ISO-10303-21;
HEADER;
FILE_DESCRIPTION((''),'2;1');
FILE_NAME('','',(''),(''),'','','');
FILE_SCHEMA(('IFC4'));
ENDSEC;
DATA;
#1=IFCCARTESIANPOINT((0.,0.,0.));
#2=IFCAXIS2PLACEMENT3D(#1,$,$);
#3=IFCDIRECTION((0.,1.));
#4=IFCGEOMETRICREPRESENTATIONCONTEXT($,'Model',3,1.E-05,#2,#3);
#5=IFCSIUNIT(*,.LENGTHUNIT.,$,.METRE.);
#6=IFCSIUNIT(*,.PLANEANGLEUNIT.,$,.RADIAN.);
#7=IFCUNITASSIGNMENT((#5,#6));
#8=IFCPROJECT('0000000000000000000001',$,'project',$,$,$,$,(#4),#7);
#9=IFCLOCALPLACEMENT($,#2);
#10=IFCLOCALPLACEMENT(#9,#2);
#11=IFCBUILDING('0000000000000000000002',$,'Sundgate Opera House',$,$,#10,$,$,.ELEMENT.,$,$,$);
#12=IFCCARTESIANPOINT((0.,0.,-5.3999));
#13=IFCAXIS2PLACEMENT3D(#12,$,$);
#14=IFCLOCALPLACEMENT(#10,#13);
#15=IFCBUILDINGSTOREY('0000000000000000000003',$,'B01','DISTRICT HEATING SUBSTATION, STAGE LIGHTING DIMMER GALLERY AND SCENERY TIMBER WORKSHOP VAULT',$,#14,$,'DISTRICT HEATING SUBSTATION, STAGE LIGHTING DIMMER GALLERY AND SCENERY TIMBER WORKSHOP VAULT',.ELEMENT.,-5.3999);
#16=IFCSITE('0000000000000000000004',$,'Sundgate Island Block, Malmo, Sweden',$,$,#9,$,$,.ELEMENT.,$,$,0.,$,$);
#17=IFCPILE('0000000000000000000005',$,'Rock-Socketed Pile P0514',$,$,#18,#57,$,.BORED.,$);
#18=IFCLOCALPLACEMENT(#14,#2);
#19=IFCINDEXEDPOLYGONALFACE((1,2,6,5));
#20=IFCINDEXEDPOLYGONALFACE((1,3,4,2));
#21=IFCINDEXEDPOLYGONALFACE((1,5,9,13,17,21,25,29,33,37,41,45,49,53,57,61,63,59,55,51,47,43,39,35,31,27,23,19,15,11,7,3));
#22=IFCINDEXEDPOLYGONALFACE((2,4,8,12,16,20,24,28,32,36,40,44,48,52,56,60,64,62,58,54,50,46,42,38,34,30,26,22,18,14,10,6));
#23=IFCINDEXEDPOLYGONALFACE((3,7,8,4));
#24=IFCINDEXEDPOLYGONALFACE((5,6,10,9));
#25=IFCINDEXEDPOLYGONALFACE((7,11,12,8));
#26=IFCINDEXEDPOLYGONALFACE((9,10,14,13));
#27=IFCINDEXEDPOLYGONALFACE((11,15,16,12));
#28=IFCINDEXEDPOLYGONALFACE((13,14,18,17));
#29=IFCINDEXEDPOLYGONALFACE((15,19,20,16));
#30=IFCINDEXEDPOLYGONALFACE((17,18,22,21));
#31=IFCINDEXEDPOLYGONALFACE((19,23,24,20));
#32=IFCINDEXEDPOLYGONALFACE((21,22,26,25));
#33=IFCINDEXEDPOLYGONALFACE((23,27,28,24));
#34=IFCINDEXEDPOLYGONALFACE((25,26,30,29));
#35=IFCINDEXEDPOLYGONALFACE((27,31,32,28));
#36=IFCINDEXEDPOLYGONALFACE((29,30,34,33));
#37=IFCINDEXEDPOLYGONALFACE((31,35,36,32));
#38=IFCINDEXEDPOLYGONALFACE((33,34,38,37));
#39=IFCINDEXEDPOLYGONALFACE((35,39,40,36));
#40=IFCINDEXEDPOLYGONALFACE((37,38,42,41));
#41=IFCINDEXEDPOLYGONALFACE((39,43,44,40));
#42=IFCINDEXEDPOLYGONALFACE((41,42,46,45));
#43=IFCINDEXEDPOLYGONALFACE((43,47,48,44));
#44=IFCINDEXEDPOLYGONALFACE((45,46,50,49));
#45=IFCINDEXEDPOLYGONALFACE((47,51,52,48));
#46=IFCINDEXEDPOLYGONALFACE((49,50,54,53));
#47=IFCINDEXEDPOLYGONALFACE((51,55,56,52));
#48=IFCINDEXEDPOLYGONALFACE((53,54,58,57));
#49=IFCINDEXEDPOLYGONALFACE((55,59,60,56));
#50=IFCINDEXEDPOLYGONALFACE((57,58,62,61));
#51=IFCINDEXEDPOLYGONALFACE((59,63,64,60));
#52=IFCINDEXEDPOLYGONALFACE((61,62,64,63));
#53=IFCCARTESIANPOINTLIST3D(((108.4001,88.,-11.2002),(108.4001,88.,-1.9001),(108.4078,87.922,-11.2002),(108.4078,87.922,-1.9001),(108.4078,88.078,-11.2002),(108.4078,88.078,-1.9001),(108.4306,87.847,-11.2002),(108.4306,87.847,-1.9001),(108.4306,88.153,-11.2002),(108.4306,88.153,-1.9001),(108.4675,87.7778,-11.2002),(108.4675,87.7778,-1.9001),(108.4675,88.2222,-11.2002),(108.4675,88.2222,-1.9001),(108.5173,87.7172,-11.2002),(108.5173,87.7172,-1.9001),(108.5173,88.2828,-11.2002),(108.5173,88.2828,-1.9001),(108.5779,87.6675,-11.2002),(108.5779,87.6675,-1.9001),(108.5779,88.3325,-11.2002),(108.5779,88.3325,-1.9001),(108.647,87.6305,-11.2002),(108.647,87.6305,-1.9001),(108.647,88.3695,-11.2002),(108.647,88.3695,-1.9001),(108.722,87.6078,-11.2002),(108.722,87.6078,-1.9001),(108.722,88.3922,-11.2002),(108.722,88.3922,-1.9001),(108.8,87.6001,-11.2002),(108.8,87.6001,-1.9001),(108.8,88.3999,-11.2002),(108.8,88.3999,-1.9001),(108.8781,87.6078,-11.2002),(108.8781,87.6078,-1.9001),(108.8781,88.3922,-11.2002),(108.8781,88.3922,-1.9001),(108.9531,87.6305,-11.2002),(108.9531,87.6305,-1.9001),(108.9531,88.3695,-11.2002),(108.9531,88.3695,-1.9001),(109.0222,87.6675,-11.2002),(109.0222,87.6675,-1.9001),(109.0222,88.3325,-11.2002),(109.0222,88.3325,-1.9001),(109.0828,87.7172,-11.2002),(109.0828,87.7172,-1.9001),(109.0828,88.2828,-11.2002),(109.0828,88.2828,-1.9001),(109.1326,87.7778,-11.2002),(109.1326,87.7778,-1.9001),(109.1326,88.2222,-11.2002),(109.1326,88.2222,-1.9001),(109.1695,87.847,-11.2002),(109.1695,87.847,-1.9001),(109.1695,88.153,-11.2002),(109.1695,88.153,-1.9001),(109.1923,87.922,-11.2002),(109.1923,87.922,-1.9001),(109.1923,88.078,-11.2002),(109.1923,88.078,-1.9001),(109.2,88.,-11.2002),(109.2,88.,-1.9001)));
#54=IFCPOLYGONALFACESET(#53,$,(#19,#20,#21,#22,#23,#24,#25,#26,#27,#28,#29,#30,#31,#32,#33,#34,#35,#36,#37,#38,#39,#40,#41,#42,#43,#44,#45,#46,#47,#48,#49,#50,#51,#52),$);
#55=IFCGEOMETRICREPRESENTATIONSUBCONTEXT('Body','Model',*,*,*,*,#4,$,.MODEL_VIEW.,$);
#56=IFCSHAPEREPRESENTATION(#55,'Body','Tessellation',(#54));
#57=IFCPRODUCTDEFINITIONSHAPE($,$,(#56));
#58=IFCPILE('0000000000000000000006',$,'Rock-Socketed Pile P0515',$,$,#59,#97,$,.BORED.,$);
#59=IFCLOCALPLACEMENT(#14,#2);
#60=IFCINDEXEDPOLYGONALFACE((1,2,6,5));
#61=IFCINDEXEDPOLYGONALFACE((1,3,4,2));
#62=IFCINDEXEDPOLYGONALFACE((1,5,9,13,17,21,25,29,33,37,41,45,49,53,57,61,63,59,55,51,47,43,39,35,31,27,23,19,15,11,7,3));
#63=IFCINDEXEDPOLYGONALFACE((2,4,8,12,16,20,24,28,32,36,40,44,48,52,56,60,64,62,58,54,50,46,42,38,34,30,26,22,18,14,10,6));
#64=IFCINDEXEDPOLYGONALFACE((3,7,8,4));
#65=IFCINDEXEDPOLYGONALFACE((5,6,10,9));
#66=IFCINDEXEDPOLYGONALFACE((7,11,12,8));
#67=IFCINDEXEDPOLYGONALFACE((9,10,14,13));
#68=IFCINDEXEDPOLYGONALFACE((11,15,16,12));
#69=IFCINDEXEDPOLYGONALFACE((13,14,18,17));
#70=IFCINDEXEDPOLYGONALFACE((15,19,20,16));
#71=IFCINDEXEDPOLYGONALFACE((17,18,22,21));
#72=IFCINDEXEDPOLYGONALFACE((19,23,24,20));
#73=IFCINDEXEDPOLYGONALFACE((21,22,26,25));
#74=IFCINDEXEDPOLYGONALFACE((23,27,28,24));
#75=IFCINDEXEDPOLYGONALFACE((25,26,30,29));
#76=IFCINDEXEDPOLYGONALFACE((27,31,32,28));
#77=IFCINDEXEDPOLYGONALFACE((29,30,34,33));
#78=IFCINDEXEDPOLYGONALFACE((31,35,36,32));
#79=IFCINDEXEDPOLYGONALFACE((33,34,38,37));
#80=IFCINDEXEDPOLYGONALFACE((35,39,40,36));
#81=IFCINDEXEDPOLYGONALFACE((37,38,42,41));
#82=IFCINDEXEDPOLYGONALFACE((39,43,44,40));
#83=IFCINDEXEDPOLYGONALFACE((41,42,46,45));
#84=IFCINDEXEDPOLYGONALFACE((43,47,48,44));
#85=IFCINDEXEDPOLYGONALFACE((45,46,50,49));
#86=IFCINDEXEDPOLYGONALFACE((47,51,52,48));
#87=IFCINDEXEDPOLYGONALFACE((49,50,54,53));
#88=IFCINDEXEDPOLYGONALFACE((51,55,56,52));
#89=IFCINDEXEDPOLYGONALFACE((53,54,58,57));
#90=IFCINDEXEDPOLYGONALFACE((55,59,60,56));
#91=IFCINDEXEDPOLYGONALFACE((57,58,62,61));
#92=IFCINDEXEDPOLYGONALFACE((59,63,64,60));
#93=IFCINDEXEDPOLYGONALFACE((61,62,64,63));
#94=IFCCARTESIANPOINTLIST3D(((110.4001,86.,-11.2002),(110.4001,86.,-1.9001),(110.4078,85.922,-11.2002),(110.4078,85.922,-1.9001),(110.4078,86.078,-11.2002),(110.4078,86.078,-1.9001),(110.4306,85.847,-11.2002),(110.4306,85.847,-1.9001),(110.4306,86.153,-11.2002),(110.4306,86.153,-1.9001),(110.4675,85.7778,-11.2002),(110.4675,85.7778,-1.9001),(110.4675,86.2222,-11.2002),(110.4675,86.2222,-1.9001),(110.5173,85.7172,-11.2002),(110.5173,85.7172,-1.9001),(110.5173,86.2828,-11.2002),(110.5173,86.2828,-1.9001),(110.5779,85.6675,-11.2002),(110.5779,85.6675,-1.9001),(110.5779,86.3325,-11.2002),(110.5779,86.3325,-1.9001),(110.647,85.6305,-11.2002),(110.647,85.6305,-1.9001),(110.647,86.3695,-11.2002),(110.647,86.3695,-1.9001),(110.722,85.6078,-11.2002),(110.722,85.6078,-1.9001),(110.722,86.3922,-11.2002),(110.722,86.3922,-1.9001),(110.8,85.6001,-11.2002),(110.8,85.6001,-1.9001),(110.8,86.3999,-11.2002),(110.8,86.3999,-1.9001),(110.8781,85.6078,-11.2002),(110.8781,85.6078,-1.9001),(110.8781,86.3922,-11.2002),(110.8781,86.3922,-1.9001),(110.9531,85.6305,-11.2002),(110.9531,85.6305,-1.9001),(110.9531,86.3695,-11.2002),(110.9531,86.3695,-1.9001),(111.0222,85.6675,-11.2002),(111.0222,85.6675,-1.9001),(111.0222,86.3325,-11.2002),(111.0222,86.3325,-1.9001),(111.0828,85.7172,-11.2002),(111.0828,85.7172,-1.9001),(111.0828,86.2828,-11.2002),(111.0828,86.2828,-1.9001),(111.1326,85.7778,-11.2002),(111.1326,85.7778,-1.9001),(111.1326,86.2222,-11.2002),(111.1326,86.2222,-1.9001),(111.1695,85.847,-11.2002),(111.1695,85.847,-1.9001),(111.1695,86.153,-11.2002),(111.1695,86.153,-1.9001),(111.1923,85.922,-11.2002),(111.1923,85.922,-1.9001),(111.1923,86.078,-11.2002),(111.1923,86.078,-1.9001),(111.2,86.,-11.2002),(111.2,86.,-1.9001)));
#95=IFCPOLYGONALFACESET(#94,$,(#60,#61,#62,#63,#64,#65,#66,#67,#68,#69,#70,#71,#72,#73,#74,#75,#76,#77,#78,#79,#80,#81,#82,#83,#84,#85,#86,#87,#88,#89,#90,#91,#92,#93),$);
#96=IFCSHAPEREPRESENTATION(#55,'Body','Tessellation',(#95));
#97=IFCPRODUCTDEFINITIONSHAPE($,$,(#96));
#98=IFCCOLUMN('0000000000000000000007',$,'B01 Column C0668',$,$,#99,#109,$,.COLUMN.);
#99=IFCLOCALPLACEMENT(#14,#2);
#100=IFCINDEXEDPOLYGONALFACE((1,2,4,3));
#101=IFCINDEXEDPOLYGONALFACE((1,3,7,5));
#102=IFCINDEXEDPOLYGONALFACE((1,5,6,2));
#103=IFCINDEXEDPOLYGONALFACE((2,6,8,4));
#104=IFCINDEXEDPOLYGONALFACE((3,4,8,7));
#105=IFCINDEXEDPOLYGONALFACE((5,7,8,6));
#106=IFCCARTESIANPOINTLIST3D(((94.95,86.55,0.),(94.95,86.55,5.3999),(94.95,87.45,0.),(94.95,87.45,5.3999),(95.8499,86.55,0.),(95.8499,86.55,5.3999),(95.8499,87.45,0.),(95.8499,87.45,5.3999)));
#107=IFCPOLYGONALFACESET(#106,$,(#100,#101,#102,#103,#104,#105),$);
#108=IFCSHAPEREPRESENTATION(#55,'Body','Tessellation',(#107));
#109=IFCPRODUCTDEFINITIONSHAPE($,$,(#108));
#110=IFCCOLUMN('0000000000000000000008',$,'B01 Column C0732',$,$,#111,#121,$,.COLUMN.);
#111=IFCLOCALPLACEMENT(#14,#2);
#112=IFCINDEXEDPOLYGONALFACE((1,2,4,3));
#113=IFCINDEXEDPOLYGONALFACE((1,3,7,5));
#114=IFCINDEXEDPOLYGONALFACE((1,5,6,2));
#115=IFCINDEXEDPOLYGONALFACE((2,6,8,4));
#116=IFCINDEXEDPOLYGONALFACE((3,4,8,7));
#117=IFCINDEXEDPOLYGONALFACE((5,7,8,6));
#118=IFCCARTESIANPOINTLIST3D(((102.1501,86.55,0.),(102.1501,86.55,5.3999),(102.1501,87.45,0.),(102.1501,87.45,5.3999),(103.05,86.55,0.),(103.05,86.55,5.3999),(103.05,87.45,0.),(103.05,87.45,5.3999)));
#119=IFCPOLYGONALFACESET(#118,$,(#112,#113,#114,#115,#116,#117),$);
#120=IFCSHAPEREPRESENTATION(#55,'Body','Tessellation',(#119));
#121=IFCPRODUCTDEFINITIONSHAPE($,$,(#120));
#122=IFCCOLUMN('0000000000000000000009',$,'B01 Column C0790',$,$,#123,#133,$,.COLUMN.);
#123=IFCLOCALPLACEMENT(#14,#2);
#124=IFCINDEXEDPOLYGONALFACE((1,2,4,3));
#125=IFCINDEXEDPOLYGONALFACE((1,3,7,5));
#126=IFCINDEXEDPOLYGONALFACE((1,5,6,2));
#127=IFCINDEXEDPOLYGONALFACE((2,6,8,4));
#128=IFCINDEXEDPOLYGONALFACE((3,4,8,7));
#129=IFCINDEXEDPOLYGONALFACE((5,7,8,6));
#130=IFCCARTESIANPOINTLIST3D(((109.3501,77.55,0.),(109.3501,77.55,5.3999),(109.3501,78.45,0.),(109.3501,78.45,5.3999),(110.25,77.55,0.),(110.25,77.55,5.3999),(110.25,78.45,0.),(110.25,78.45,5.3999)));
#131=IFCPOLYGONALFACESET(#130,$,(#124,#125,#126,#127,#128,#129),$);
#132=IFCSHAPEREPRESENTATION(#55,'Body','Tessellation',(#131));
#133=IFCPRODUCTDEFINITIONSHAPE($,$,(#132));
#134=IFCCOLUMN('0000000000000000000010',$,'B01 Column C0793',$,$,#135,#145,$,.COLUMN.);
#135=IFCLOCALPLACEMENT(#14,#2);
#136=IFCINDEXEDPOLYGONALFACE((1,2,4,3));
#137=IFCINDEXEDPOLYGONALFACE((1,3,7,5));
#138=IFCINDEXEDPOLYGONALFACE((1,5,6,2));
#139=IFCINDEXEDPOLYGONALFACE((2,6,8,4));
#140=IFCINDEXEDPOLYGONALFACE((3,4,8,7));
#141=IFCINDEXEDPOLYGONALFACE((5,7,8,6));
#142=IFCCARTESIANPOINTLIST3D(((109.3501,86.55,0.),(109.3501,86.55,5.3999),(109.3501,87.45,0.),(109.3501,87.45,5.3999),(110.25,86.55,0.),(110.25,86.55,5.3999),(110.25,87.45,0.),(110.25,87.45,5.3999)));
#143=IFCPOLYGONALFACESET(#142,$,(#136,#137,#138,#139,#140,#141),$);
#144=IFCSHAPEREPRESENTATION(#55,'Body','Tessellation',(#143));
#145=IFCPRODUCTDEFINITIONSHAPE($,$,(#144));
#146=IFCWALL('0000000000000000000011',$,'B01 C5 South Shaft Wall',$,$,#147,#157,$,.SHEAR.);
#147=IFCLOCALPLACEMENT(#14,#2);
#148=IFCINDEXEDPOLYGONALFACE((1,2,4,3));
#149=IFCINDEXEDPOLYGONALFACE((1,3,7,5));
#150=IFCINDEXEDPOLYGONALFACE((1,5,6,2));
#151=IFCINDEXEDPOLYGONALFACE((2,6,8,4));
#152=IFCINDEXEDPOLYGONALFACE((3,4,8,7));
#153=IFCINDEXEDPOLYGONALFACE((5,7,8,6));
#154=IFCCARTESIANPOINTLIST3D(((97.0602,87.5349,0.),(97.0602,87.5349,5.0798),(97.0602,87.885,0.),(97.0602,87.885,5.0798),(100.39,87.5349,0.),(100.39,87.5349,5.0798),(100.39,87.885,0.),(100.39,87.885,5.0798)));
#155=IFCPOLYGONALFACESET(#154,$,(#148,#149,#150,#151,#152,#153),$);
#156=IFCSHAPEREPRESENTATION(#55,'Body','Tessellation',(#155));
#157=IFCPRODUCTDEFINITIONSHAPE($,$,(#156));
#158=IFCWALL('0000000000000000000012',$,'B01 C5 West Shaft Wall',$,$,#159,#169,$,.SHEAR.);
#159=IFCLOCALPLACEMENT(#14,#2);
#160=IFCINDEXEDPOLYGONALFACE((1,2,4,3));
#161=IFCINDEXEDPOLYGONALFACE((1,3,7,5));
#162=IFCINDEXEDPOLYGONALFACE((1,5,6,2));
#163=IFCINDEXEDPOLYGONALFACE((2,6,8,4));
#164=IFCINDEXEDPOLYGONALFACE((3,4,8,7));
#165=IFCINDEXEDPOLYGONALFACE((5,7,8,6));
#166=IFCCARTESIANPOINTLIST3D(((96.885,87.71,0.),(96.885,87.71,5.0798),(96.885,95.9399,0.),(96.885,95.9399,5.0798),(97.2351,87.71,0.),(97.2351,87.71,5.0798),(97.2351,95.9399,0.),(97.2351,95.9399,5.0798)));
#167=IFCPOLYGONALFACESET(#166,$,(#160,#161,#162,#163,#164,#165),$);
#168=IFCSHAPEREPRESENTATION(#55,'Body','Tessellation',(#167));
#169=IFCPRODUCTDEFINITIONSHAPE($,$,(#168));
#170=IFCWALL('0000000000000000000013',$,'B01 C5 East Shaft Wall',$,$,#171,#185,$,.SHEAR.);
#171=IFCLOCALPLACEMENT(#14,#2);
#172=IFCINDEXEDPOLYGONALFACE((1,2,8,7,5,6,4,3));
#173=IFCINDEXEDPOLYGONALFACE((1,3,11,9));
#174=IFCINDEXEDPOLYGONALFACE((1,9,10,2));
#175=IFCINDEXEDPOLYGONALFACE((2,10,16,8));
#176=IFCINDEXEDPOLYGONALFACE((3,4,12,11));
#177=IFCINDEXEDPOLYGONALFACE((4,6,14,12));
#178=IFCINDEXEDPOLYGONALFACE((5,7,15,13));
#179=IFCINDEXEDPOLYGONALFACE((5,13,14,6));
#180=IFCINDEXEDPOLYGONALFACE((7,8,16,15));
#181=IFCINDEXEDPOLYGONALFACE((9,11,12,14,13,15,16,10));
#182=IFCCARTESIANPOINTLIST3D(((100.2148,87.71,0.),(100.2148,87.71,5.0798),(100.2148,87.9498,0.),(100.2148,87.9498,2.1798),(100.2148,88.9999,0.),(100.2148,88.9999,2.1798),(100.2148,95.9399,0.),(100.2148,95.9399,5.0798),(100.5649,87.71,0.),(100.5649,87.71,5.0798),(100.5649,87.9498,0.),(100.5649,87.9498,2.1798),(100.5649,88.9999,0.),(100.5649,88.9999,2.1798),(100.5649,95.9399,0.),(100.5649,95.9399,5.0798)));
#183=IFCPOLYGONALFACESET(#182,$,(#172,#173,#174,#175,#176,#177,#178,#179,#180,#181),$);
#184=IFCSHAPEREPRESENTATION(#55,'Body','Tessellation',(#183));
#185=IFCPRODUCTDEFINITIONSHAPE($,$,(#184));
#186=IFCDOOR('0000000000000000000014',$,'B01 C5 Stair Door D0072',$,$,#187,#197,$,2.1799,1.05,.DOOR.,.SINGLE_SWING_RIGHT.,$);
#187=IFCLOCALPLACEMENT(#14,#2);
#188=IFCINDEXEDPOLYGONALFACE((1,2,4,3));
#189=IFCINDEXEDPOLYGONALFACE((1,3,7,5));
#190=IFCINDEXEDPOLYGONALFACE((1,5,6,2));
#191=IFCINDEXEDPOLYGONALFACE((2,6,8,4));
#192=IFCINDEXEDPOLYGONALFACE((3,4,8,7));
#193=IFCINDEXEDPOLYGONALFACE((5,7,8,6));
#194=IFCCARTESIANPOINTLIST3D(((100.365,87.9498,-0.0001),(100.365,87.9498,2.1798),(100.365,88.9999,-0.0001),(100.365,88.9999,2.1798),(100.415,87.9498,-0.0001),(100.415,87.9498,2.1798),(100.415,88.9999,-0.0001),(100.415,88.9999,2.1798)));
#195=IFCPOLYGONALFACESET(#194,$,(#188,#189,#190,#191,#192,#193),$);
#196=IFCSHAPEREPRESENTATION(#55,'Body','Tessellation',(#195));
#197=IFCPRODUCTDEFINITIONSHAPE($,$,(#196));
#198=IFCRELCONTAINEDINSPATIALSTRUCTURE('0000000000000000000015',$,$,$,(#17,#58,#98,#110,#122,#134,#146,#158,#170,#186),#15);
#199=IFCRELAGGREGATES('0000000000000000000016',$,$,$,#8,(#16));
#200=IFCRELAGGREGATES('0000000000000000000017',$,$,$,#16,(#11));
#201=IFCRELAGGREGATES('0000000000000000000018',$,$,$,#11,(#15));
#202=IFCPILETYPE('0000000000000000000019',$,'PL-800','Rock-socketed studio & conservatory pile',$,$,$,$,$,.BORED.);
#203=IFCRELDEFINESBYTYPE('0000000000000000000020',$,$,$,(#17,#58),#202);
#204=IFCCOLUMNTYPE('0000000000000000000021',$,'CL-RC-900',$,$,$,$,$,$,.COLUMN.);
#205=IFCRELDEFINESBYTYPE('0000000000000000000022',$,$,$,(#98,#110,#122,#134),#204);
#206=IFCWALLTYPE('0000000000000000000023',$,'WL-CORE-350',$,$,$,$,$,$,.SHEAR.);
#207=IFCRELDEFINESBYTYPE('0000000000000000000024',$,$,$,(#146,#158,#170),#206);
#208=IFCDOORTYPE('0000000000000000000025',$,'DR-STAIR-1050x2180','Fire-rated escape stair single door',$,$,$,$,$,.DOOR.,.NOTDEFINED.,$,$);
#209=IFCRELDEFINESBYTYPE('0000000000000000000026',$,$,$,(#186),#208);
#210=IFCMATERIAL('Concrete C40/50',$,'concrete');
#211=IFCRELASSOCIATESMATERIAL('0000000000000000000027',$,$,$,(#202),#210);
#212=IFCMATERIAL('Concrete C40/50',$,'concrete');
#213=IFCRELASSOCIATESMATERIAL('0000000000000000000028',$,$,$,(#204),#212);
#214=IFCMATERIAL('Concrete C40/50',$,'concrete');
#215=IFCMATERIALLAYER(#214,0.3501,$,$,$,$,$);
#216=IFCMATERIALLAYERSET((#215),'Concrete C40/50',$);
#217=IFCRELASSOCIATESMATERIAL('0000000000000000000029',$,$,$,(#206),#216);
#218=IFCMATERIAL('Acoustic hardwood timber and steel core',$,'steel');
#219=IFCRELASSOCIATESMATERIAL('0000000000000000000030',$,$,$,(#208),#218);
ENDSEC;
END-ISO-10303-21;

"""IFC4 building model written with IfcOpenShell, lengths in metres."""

from ifc_helpers import new_model, si_unit, direction, frame, frame_2d, origin, origin_2d, place, context, subcontext, project, spatial, rectangle, circle, extrude, material, layer, layer_set, material_profile, profile_set, type_object, element, fill, save


model = new_model("IFC4")

# Units and contexts
model_context = context("Model", 3, precision=1e-05, world=origin(), true_north=direction((0.0, 1.0)))
body_context = subcontext(model_context, "Body", "Model", "MODEL_VIEW")
ifc_project = project(units=[si_unit("LENGTHUNIT", "METRE"), si_unit("PLANEANGLEUNIT", "RADIAN")], contexts=[model_context])

# Site, building, storey
site_placement = place(None, origin())
site = spatial("IfcSite", under=ifc_project, at=site_placement, Name="Sundgate Island Block, Malmo, Sweden", CompositionType="ELEMENT", RefElevation=0.0)
building_placement = place(site_placement, origin())
building = spatial("IfcBuilding", under=site, at=building_placement, Name="Sundgate Opera House", CompositionType="ELEMENT")
storey_placement = place(building_placement, frame((0.0, 0.0, -5.3999)))
storey = spatial("IfcBuildingStorey", under=building, at=storey_placement, Name="B01", Description="DISTRICT HEATING SUBSTATION, STAGE LIGHTING DIMMER GALLERY AND SCENERY TIMBER WORKSHOP VAULT", LongName="DISTRICT HEATING SUBSTATION, STAGE LIGHTING DIMMER GALLERY AND SCENERY TIMBER WORKSHOP VAULT", CompositionType="ELEMENT", Elevation=-5.3999)

# Piles
ifc_material_1 = material(Name="Concrete C40/50", Category="concrete")
ifc_material_profile_1 = material_profile(ifc_material_1, circle(Radius=0.3999, at=origin_2d()), Name="PILE D800")
ifc_profile_set_1 = profile_set([ifc_material_profile_1], Name="Concrete C40/50")
pile_type = type_object("IfcPileType", Name="PL-800", Description="Rock-socketed studio & conservatory pile", PredefinedType="BORED", material=ifc_profile_set_1)
for number, where, z_axis, x_axis, name in (
    (1, (108.8, 88.0, -1.9001), (0.0, 0.0, -1.0), (1.0, 0.0, 0.0), "Rock-Socketed Pile P0514"),
    (2, (110.8, 86.0, -1.9001), (0.0, 0.0, -1.0), (1.0, 0.0, 0.0), "Rock-Socketed Pile P0515"),
):
    element("IfcPile", number, at=place(storey_placement, frame(where, z_axis=z_axis, x_axis=x_axis)), inside=storey, type_object=pile_type, Name=name, PredefinedType="BORED", context=body_context, shape_type="SweptSolid", body=[
        extrude(circle(Radius=0.3999, at=origin_2d()), origin(), (0.0, 0.0, 1.0), 9.3),
    ])

# Columns
ifc_material_2 = material(Name="Concrete C40/50", Category="concrete")
ifc_material_profile_2 = material_profile(ifc_material_2, rectangle(XDim=0.8999, YDim=0.8999, at=origin_2d()), Name="RC 900x900")
ifc_profile_set_2 = profile_set([ifc_material_profile_2], Name="Concrete C40/50")
column_type = type_object("IfcColumnType", Name="CL-RC-900", PredefinedType="COLUMN", material=ifc_profile_set_2)
for number, where, z_axis, x_axis, name in (
    (3, (95.3999, 87.0, 0.0), (0.0, 0.0, 1.0), (1.0, 0.0, 0.0), "B01 Column C0668"),
    (4, (102.6001, 87.0, 0.0), (0.0, 0.0, 1.0), (1.0, 0.0, 0.0), "B01 Column C0732"),
    (5, (109.8, 78.0, 0.0), (0.0, 0.0, 1.0), (1.0, 0.0, 0.0), "B01 Column C0790"),
    (6, (109.8, 87.0, 0.0), (0.0, 0.0, 1.0), (1.0, 0.0, 0.0), "B01 Column C0793"),
):
    element("IfcColumn", number, at=place(storey_placement, frame(where, z_axis=z_axis, x_axis=x_axis)), inside=storey, type_object=column_type, Name=name, PredefinedType="COLUMN", context=body_context, shape_type="SweptSolid", body=[
        extrude(rectangle(XDim=0.8999, YDim=0.8999, at=origin_2d()), origin(), (0.0, 0.0, 1.0), 5.3999),
    ])

# Walls
ifc_material_3 = material(Name="Concrete C40/50", Category="concrete")
ifc_layer_1 = layer(ifc_material_3, 0.3501)
ifc_layer_set_1 = layer_set([ifc_layer_1], Name="Concrete C40/50")
wall_type_1 = type_object("IfcWallType", Name="WL-CORE-350", PredefinedType="SHEAR", material=ifc_layer_set_1)
wall_1_placement = place(storey_placement, frame((97.0601, 87.71, 0.0), z_axis=(0.0, 0.0, 1.0), x_axis=(1.0, 0.0, 0.0)))
element("IfcWall", 7, at=wall_1_placement, inside=storey, type_object=wall_type_1, Name="B01 C5 South Shaft Wall", PredefinedType="SHEAR", context=body_context, shape_type="SweptSolid", body=[
    extrude(rectangle(XDim=3.3298, YDim=0.3501, at=frame_2d((1.665, 0.0))), origin(), (0.0, 0.0, 1.0), 5.0798),
])
wall_2_placement = place(storey_placement, frame((97.0601, 87.71, 0.0), z_axis=(0.0, 0.0, 1.0), x_axis=(0.0, 1.0, 0.0)))
element("IfcWall", 8, at=wall_2_placement, inside=storey, type_object=wall_type_1, Name="B01 C5 West Shaft Wall", PredefinedType="SHEAR", context=body_context, shape_type="SweptSolid", body=[
    extrude(rectangle(XDim=8.23, YDim=0.3501, at=frame_2d((4.115, 0.0))), origin(), (0.0, 0.0, 1.0), 5.0798),
])

# Wall, opening, door
wall_3_placement = place(storey_placement, frame((100.3899, 87.71, 0.0), z_axis=(0.0, 0.0, 1.0), x_axis=(0.0, 1.0, 0.0)))
wall_3 = element("IfcWall", 9, at=wall_3_placement, inside=storey, type_object=wall_type_1, Name="B01 C5 East Shaft Wall", PredefinedType="SHEAR", context=body_context, shape_type="SweptSolid", body=[
    extrude(rectangle(XDim=8.23, YDim=0.3501, at=frame_2d((4.115, 0.0))), origin(), (0.0, 0.0, 1.0), 5.0798),
])
opening_1_placement = place(wall_3_placement, frame((0.24, 0.0, 0.0)))
opening_1 = element("IfcOpeningElement", 10, at=opening_1_placement, cuts=wall_3, PredefinedType="OPENING", context=body_context, shape_type="SweptSolid", body=[
    extrude(rectangle(XDim=1.05, YDim=2.1799, at=frame_2d((0.5249, 1.0898))), frame((0.0, 0.1851, 0.0), z_axis=(0.0, -1.0, 0.0), x_axis=(1.0, 0.0, 0.0)), (0.0, 0.0, 1.0), 0.3701),
])
ifc_material_4 = material(Name="Acoustic hardwood timber and steel core", Category="steel")
door_type_1 = type_object("IfcDoorType", Name="DR-STAIR-1050x2180", Description="Fire-rated escape stair single door", OperationType="NOTDEFINED", PredefinedType="DOOR", material=ifc_material_4)
door_1_placement = place(opening_1_placement, origin())
door_1 = element("IfcDoor", 11, at=door_1_placement, inside=storey, type_object=door_type_1, Name="B01 C5 Stair Door D0072", OperationType="SINGLE_SWING_RIGHT", OverallHeight=2.1799, OverallWidth=1.05, PredefinedType="DOOR", context=body_context, shape_type="SweptSolid", body=[
    extrude(rectangle(XDim=1.05, YDim=2.1799, at=frame_2d((0.5249, 1.0898))), frame((0.0, 0.0249, 0.0), z_axis=(0.0, -1.0, 0.0), x_axis=(1.0, 0.0, 0.0)), (0.0, 0.0, 1.0), 0.05),
])
fill(opening_1, door_1)

save(model, "model.ifc")
